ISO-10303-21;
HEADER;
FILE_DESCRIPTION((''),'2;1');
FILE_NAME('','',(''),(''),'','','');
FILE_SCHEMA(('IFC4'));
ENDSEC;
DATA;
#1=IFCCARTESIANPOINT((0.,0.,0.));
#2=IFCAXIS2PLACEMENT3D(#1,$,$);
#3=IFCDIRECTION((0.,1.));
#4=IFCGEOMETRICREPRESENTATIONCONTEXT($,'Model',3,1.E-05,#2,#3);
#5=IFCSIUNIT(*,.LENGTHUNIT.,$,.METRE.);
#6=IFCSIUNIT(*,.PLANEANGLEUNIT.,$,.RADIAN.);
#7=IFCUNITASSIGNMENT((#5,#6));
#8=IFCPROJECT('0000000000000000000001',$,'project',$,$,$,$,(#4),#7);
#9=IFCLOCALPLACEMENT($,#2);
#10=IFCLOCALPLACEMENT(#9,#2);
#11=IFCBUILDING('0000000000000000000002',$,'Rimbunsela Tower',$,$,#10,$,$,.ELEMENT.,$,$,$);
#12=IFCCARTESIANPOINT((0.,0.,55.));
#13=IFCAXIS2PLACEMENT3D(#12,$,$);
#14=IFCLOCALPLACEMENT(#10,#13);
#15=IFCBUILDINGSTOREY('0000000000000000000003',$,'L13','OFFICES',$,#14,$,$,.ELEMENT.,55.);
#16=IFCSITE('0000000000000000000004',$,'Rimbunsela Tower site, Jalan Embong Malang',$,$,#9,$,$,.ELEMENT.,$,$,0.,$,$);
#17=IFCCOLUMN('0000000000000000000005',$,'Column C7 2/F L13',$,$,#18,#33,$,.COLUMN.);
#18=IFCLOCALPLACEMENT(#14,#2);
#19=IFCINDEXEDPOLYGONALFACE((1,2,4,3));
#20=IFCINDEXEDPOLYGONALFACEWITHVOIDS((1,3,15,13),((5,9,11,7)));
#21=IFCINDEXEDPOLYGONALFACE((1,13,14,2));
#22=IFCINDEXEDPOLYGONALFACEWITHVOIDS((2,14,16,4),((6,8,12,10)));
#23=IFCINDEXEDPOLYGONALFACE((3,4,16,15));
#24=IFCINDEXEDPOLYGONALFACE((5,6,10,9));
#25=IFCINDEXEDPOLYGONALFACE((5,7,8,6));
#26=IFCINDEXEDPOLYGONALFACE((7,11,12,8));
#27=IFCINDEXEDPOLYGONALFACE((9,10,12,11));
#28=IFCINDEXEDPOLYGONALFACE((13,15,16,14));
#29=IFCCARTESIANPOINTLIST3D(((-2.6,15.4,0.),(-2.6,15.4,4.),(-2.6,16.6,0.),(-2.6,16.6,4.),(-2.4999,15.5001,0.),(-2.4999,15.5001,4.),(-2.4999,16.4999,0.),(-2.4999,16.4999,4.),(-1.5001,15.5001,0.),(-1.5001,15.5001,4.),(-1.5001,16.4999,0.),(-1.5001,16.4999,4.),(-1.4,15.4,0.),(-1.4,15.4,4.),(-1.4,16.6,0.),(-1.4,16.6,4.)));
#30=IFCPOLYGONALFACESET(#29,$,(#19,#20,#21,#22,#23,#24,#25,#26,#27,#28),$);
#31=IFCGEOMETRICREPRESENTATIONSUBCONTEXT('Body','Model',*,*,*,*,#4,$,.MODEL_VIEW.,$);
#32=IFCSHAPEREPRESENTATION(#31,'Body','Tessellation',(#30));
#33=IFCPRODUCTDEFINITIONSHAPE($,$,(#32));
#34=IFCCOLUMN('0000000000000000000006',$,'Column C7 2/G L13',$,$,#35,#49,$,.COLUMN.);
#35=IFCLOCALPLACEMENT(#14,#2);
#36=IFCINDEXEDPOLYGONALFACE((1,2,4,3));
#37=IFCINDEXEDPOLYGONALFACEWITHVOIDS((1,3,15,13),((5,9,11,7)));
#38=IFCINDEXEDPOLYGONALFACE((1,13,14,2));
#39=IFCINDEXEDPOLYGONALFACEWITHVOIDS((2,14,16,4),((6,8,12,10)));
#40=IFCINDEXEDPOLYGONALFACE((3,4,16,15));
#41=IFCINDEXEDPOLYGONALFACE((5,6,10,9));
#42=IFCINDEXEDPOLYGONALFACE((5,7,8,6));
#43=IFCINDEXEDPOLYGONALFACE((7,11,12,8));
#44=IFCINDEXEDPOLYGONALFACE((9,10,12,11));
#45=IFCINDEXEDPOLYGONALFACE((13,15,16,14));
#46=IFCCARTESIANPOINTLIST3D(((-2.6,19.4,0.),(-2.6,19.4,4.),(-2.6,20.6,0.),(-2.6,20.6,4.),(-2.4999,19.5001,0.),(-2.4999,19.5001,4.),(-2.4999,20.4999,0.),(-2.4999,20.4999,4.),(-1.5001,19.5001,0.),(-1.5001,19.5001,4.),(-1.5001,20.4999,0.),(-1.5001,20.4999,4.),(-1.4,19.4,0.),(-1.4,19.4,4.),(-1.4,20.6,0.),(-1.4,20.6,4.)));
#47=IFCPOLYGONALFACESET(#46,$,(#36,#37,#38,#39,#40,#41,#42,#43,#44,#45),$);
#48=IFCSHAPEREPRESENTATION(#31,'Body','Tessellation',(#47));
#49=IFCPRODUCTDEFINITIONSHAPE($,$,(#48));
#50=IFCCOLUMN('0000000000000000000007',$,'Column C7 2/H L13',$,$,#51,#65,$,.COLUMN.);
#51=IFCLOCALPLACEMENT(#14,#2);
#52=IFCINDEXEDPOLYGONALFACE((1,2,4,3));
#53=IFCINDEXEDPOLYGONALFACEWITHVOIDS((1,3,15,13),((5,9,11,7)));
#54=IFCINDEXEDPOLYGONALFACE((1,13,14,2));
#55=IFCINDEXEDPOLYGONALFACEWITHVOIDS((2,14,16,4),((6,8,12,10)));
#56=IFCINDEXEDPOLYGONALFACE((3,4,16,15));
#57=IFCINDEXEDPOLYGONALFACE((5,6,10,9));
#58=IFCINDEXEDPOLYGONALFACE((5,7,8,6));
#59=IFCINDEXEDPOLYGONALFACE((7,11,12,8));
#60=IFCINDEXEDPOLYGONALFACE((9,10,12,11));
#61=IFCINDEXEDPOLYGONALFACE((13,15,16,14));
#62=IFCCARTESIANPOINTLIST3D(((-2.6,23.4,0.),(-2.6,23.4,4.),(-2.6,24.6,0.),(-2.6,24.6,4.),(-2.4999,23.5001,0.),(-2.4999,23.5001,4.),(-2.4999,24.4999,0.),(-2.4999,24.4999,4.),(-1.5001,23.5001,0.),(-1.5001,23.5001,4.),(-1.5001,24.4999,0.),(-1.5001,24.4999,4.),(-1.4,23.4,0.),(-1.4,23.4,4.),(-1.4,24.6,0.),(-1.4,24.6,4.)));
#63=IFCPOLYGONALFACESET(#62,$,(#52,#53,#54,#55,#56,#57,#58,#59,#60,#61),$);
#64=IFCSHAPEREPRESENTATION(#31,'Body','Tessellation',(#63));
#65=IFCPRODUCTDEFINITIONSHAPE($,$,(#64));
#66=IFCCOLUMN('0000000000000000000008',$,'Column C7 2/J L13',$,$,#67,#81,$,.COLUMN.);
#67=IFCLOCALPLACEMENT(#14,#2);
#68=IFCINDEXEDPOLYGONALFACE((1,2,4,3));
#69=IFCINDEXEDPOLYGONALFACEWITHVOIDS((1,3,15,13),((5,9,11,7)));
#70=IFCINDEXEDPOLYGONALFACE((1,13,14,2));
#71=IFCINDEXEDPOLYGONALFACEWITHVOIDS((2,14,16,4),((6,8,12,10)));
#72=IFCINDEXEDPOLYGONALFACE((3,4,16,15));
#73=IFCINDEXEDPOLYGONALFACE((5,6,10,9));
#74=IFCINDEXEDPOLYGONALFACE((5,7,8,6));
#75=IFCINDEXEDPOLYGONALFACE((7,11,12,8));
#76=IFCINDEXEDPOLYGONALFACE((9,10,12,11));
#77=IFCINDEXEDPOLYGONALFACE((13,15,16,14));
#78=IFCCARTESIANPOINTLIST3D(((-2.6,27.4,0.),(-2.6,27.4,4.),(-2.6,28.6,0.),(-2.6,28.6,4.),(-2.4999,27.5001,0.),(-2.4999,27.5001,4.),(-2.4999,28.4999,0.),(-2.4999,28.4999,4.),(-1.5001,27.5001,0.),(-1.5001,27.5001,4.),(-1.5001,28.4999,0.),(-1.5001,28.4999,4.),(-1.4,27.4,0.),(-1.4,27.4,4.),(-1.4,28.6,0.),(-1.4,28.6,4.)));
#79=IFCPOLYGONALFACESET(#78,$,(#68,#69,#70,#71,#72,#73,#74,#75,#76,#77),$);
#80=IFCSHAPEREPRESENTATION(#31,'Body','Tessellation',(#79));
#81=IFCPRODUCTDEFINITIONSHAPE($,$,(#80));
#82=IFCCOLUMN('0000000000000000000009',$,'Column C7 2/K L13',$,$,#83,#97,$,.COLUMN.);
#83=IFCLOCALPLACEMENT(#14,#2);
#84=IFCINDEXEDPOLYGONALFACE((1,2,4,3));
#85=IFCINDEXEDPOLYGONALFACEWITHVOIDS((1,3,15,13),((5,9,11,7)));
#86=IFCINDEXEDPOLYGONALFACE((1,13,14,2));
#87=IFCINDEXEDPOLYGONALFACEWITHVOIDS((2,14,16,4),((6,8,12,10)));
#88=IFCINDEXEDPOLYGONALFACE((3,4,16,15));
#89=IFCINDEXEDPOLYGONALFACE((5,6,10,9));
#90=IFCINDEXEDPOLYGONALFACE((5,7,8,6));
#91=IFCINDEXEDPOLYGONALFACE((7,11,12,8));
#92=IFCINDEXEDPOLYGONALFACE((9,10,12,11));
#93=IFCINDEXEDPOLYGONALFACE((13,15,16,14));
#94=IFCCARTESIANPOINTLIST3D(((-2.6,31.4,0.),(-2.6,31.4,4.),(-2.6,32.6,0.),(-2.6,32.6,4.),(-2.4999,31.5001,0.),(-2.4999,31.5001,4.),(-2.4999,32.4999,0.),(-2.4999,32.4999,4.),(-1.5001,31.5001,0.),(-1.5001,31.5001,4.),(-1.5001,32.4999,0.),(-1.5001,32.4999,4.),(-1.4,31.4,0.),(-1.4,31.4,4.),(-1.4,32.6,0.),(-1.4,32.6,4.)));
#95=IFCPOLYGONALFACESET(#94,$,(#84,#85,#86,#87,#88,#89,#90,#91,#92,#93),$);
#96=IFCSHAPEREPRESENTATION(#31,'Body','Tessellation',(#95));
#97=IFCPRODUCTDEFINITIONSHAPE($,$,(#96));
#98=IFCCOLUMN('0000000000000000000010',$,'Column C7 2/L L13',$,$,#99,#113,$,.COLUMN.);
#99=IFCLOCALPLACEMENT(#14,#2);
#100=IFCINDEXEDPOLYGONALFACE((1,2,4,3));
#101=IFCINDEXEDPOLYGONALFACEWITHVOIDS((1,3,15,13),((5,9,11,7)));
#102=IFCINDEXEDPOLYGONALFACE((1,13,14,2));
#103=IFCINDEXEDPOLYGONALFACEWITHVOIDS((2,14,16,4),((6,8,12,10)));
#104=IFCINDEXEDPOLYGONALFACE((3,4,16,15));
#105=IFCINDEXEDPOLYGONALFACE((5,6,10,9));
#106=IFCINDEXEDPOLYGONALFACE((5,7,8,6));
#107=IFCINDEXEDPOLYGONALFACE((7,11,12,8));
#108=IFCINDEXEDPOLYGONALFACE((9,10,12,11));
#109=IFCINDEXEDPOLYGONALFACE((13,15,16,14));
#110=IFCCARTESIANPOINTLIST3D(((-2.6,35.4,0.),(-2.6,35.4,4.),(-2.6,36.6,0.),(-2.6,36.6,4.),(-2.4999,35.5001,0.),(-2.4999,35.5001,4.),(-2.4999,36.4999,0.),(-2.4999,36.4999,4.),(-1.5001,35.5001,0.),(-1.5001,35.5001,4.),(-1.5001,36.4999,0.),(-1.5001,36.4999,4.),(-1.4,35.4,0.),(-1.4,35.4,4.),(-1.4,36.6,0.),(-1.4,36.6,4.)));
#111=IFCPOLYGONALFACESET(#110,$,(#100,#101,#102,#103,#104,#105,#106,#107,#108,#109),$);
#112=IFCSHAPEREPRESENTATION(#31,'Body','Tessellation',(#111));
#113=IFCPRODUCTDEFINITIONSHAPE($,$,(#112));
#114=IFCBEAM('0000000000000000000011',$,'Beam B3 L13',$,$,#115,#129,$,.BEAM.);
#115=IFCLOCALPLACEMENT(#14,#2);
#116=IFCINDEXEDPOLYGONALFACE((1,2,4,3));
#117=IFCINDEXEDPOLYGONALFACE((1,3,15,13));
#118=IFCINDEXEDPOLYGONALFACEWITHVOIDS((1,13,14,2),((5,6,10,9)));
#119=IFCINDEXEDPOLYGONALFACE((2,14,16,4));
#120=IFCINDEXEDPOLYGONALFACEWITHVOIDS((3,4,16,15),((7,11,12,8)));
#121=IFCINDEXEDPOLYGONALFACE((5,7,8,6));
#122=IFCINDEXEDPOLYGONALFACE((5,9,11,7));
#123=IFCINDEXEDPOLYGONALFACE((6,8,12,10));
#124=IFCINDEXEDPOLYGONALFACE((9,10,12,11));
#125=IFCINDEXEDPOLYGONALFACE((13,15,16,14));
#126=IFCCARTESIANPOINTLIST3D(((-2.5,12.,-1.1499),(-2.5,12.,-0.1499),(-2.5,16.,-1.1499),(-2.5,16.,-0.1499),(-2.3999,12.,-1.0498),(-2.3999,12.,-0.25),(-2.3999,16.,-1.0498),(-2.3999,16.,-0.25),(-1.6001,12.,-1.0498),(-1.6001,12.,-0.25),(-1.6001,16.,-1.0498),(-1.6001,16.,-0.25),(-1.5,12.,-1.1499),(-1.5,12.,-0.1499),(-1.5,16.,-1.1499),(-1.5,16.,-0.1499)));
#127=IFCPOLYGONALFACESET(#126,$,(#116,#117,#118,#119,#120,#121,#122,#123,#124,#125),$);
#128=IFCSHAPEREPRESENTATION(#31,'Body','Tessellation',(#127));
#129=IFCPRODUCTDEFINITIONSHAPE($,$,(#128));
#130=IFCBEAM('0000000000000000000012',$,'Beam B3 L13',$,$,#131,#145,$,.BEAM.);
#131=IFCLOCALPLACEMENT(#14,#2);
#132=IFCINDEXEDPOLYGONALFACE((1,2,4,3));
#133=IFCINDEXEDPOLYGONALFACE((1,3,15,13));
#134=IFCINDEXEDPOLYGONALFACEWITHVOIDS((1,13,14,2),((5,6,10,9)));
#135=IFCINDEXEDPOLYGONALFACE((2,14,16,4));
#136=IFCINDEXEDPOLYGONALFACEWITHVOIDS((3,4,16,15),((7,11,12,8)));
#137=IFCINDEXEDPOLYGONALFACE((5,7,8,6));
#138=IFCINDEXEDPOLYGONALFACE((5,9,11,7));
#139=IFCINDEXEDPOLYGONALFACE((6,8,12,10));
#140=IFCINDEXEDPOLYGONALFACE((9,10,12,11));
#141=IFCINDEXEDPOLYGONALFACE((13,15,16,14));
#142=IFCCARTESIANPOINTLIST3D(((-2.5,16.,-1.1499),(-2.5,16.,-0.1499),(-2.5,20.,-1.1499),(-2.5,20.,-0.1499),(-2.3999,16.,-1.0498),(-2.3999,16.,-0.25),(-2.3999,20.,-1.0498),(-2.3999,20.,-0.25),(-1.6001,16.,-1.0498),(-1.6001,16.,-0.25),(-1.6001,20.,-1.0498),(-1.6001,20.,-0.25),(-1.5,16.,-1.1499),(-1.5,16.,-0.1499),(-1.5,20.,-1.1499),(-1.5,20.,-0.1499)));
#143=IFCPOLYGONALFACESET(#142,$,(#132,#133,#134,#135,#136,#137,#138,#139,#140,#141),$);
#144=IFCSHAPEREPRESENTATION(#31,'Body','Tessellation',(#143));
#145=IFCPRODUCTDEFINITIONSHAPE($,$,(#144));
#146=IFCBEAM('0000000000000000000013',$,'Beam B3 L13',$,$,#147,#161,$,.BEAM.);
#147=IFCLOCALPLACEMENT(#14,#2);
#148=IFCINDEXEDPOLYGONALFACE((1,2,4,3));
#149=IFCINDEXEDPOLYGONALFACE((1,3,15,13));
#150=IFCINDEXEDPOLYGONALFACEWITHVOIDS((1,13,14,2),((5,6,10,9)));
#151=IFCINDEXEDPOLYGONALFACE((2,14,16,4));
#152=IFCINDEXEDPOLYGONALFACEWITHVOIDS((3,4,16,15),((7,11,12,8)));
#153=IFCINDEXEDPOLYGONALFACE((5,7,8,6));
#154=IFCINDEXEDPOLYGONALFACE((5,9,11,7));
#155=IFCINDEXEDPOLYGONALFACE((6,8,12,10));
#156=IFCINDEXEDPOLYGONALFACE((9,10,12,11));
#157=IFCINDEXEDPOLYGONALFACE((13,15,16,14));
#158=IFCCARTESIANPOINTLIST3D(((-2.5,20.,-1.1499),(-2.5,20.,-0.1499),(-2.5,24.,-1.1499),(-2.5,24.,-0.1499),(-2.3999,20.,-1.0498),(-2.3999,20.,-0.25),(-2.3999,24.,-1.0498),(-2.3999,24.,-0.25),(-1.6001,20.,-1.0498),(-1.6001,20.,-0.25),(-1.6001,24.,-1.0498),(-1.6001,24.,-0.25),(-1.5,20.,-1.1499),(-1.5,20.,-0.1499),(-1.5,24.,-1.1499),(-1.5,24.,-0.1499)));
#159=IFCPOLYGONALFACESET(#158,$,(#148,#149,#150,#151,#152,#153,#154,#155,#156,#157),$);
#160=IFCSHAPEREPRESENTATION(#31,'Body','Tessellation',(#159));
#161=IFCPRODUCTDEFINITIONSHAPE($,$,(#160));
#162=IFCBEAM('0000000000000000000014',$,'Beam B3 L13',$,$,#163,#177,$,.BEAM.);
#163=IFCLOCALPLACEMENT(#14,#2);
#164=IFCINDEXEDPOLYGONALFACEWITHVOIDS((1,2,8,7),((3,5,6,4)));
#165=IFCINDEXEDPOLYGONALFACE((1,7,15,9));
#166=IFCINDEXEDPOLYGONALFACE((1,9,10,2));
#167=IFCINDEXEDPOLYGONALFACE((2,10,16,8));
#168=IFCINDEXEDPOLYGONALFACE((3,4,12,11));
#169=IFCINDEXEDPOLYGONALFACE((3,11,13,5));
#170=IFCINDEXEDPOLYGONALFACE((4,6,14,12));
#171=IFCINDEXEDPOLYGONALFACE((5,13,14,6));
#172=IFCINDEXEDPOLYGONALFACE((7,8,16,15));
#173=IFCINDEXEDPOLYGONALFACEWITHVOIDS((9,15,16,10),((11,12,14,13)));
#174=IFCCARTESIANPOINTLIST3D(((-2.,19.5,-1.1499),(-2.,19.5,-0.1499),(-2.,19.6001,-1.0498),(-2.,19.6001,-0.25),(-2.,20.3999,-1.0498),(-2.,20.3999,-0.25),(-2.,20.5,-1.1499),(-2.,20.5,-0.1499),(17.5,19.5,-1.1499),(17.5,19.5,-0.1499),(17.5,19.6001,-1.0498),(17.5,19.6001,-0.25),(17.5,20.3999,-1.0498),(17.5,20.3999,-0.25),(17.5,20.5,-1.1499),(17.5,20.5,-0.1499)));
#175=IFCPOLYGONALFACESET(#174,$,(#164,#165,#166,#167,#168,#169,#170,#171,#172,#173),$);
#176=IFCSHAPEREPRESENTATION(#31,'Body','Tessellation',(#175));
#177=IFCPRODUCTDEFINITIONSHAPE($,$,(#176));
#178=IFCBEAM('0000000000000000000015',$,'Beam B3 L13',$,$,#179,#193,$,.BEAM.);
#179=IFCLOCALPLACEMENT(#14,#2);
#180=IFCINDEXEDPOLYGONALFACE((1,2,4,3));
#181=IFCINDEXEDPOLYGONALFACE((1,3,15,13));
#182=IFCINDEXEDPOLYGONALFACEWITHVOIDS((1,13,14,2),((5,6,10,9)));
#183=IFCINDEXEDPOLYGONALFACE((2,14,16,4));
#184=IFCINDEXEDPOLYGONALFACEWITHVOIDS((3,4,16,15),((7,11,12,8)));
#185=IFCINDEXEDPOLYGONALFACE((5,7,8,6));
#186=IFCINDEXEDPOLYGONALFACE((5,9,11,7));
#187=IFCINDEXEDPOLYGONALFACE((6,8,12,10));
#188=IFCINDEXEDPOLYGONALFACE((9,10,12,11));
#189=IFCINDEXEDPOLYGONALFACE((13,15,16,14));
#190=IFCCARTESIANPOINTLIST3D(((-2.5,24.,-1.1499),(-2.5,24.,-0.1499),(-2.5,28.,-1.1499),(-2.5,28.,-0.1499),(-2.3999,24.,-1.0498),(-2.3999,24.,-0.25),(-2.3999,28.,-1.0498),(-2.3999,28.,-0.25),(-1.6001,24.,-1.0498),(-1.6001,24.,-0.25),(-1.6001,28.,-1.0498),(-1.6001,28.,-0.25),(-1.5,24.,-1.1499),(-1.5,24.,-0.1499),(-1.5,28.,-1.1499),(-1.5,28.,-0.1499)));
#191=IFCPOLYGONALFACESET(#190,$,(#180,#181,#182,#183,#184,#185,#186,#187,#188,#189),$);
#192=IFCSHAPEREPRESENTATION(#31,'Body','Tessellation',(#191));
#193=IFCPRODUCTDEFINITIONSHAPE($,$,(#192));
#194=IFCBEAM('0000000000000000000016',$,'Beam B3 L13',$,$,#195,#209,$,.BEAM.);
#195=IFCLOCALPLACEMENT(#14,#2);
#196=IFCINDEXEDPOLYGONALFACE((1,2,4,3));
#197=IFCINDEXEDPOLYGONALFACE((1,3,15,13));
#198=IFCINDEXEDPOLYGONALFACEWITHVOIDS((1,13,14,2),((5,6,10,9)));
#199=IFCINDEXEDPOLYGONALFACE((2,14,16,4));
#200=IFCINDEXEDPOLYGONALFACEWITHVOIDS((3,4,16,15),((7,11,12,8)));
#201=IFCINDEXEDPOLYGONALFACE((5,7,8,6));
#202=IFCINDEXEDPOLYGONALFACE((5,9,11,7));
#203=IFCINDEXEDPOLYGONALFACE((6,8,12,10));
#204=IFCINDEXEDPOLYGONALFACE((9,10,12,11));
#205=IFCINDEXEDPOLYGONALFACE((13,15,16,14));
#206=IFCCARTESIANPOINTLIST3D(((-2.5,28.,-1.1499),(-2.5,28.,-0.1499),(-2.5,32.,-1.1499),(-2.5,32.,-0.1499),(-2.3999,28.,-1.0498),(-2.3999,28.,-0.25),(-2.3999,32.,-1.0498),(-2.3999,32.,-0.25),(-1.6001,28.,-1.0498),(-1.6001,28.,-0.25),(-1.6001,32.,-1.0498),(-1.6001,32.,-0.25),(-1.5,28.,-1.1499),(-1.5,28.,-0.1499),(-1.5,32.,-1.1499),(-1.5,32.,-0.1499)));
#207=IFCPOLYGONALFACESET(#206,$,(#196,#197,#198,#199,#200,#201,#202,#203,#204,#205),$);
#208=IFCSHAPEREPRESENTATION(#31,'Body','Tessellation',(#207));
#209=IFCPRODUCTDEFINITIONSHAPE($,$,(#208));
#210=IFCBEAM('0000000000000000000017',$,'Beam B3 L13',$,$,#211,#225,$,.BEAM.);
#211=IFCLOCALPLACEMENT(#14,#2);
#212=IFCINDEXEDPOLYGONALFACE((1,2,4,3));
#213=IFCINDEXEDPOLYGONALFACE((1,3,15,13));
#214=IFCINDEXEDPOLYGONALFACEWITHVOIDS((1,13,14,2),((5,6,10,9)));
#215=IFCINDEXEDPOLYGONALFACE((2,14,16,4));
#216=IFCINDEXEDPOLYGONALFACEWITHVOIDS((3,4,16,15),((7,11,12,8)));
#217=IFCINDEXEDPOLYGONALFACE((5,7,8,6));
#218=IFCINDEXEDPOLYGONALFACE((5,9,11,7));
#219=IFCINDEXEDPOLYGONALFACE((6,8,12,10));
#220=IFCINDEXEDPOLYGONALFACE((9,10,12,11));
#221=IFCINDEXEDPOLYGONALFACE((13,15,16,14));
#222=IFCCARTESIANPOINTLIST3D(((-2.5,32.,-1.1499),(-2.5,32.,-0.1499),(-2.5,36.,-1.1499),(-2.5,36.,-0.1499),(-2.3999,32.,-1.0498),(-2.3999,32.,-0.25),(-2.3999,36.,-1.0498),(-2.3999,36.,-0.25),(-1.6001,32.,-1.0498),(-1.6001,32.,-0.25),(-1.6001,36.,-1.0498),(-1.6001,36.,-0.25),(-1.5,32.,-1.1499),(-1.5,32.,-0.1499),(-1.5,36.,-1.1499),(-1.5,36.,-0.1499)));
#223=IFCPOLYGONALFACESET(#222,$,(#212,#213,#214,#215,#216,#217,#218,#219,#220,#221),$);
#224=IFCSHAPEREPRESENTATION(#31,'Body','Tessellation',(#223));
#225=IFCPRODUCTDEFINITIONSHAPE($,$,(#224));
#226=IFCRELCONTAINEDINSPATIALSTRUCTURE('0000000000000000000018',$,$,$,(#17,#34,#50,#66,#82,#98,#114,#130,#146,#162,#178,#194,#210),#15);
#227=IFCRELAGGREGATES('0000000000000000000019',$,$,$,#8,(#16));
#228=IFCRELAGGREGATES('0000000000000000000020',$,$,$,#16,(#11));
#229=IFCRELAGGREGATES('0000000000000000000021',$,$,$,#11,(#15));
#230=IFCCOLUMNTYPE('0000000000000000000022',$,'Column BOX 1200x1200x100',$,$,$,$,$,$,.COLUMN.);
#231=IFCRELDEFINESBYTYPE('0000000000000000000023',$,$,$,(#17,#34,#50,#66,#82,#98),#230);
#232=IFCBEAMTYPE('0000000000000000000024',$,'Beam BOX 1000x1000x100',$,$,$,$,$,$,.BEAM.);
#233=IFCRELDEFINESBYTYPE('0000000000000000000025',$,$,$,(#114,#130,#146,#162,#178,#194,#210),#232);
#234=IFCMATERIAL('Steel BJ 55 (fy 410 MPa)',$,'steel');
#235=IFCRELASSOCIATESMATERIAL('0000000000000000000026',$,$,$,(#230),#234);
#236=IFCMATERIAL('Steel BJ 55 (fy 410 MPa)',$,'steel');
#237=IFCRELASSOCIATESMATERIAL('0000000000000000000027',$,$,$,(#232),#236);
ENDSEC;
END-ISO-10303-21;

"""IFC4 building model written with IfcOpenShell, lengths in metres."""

from ifc_helpers import new_model, si_unit, direction, frame, origin, origin_2d, place, context, subcontext, project, spatial, hollow_rectangle, extrude, material, material_profile, profile_set, type_object, element, save


model = new_model("IFC4")

# Units and contexts
model_context = context("Model", 3, precision=1e-05, world=origin(), true_north=direction((0.0, 1.0)))
body_context = subcontext(model_context, "Body", "Model", "MODEL_VIEW")
ifc_project = project(units=[si_unit("LENGTHUNIT", "METRE"), si_unit("PLANEANGLEUNIT", "RADIAN")], contexts=[model_context])

# Site, building, storey
site_placement = place(None, origin())
site = spatial("IfcSite", under=ifc_project, at=site_placement, Name="Rimbunsela Tower site, Jalan Embong Malang", CompositionType="ELEMENT", RefElevation=0.0)
building_placement = place(site_placement, origin())
building = spatial("IfcBuilding", under=site, at=building_placement, Name="Rimbunsela Tower", CompositionType="ELEMENT")
storey_placement = place(building_placement, frame((0.0, 0.0, 55.0)))
storey = spatial("IfcBuildingStorey", under=building, at=storey_placement, Name="L13", Description="OFFICES", CompositionType="ELEMENT", Elevation=55.0)

# Columns
ifc_material_1 = material(Name="Steel BJ 55 (fy 410 MPa)", Category="steel")
ifc_material_profile_1 = material_profile(ifc_material_1, hollow_rectangle(XDim=1.2, YDim=1.2, WallThickness=0.1001, at=origin_2d()), Name="BOX 1200x1200x100")
ifc_profile_set_1 = profile_set([ifc_material_profile_1], Name="Steel BJ 55 (fy 410 MPa)")
column_type = type_object("IfcColumnType", Name="Column BOX 1200x1200x100", PredefinedType="COLUMN", material=ifc_profile_set_1)
for number, where, z_axis, x_axis, name in (
    (1, (-2.0, 16.0, 0.0), (0.0, 0.0, 1.0), (1.0, 0.0, 0.0), "Column C7 2/F L13"),
    (2, (-2.0, 20.0, 0.0), (0.0, 0.0, 1.0), (1.0, 0.0, 0.0), "Column C7 2/G L13"),
    (3, (-2.0, 24.0, 0.0), (0.0, 0.0, 1.0), (1.0, 0.0, 0.0), "Column C7 2/H L13"),
    (4, (-2.0, 28.0, 0.0), (0.0, 0.0, 1.0), (1.0, 0.0, 0.0), "Column C7 2/J L13"),
    (5, (-2.0, 32.0, 0.0), (0.0, 0.0, 1.0), (1.0, 0.0, 0.0), "Column C7 2/K L13"),
    (6, (-2.0, 36.0, 0.0), (0.0, 0.0, 1.0), (1.0, 0.0, 0.0), "Column C7 2/L L13"),
):
    element("IfcColumn", number, at=place(storey_placement, frame(where, z_axis=z_axis, x_axis=x_axis)), inside=storey, type_object=column_type, Name=name, PredefinedType="COLUMN", context=body_context, shape_type="SweptSolid", body=[
        extrude(hollow_rectangle(XDim=1.2, YDim=1.2, WallThickness=0.1001, at=origin_2d()), origin(), (0.0, 0.0, 1.0), 4.0),
    ])

# Beams
ifc_material_2 = material(Name="Steel BJ 55 (fy 410 MPa)", Category="steel")
ifc_material_profile_2 = material_profile(ifc_material_2, hollow_rectangle(XDim=1.0, YDim=1.0, WallThickness=0.1001, at=origin_2d()), Name="BOX 1000x1000x100")
ifc_profile_set_2 = profile_set([ifc_material_profile_2], Name="Steel BJ 55 (fy 410 MPa)")
beam_type_1 = type_object("IfcBeamType", Name="Beam BOX 1000x1000x100", PredefinedType="BEAM", material=ifc_profile_set_2)
for number, where, z_axis, x_axis, name in (
    (7, (-2.0, 12.0, -0.6499), (0.0, 1.0, 0.0), (-1.0, 0.0, 0.0), "Beam B3 L13"),
    (8, (-2.0, 16.0, -0.6499), (0.0, 1.0, 0.0), (-1.0, 0.0, 0.0), "Beam B3 L13"),
    (9, (-2.0, 20.0, -0.6499), (0.0, 1.0, 0.0), (-1.0, 0.0, 0.0), "Beam B3 L13"),
):
    element("IfcBeam", number, at=place(storey_placement, frame(where, z_axis=z_axis, x_axis=x_axis)), inside=storey, type_object=beam_type_1, Name=name, PredefinedType="BEAM", context=body_context, shape_type="SweptSolid", body=[
        extrude(hollow_rectangle(XDim=1.0, YDim=1.0, WallThickness=0.1001, at=origin_2d()), origin(), (0.0, 0.0, 1.0), 4.0),
    ])
beam_1_placement = place(storey_placement, frame((-2.0, 20.0, -0.6499), z_axis=(1.0, 0.0, 0.0), x_axis=(0.0, 1.0, 0.0)))
element("IfcBeam", 10, at=beam_1_placement, inside=storey, type_object=beam_type_1, Name="Beam B3 L13", PredefinedType="BEAM", context=body_context, shape_type="SweptSolid", body=[
    extrude(hollow_rectangle(XDim=1.0, YDim=1.0, WallThickness=0.1001, at=origin_2d()), origin(), (0.0, 0.0, 1.0), 19.5),
])
for number, where, z_axis, x_axis, name in (
    (11, (-2.0, 24.0, -0.6499), (0.0, 1.0, 0.0), (-1.0, 0.0, 0.0), "Beam B3 L13"),
    (12, (-2.0, 28.0, -0.6499), (0.0, 1.0, 0.0), (-1.0, 0.0, 0.0), "Beam B3 L13"),
    (13, (-2.0, 32.0, -0.6499), (0.0, 1.0, 0.0), (-1.0, 0.0, 0.0), "Beam B3 L13"),
):
    element("IfcBeam", number, at=place(storey_placement, frame(where, z_axis=z_axis, x_axis=x_axis)), inside=storey, type_object=beam_type_1, Name=name, PredefinedType="BEAM", context=body_context, shape_type="SweptSolid", body=[
        extrude(hollow_rectangle(XDim=1.0, YDim=1.0, WallThickness=0.1001, at=origin_2d()), origin(), (0.0, 0.0, 1.0), 4.0),
    ])

save(model, "model.ifc")
